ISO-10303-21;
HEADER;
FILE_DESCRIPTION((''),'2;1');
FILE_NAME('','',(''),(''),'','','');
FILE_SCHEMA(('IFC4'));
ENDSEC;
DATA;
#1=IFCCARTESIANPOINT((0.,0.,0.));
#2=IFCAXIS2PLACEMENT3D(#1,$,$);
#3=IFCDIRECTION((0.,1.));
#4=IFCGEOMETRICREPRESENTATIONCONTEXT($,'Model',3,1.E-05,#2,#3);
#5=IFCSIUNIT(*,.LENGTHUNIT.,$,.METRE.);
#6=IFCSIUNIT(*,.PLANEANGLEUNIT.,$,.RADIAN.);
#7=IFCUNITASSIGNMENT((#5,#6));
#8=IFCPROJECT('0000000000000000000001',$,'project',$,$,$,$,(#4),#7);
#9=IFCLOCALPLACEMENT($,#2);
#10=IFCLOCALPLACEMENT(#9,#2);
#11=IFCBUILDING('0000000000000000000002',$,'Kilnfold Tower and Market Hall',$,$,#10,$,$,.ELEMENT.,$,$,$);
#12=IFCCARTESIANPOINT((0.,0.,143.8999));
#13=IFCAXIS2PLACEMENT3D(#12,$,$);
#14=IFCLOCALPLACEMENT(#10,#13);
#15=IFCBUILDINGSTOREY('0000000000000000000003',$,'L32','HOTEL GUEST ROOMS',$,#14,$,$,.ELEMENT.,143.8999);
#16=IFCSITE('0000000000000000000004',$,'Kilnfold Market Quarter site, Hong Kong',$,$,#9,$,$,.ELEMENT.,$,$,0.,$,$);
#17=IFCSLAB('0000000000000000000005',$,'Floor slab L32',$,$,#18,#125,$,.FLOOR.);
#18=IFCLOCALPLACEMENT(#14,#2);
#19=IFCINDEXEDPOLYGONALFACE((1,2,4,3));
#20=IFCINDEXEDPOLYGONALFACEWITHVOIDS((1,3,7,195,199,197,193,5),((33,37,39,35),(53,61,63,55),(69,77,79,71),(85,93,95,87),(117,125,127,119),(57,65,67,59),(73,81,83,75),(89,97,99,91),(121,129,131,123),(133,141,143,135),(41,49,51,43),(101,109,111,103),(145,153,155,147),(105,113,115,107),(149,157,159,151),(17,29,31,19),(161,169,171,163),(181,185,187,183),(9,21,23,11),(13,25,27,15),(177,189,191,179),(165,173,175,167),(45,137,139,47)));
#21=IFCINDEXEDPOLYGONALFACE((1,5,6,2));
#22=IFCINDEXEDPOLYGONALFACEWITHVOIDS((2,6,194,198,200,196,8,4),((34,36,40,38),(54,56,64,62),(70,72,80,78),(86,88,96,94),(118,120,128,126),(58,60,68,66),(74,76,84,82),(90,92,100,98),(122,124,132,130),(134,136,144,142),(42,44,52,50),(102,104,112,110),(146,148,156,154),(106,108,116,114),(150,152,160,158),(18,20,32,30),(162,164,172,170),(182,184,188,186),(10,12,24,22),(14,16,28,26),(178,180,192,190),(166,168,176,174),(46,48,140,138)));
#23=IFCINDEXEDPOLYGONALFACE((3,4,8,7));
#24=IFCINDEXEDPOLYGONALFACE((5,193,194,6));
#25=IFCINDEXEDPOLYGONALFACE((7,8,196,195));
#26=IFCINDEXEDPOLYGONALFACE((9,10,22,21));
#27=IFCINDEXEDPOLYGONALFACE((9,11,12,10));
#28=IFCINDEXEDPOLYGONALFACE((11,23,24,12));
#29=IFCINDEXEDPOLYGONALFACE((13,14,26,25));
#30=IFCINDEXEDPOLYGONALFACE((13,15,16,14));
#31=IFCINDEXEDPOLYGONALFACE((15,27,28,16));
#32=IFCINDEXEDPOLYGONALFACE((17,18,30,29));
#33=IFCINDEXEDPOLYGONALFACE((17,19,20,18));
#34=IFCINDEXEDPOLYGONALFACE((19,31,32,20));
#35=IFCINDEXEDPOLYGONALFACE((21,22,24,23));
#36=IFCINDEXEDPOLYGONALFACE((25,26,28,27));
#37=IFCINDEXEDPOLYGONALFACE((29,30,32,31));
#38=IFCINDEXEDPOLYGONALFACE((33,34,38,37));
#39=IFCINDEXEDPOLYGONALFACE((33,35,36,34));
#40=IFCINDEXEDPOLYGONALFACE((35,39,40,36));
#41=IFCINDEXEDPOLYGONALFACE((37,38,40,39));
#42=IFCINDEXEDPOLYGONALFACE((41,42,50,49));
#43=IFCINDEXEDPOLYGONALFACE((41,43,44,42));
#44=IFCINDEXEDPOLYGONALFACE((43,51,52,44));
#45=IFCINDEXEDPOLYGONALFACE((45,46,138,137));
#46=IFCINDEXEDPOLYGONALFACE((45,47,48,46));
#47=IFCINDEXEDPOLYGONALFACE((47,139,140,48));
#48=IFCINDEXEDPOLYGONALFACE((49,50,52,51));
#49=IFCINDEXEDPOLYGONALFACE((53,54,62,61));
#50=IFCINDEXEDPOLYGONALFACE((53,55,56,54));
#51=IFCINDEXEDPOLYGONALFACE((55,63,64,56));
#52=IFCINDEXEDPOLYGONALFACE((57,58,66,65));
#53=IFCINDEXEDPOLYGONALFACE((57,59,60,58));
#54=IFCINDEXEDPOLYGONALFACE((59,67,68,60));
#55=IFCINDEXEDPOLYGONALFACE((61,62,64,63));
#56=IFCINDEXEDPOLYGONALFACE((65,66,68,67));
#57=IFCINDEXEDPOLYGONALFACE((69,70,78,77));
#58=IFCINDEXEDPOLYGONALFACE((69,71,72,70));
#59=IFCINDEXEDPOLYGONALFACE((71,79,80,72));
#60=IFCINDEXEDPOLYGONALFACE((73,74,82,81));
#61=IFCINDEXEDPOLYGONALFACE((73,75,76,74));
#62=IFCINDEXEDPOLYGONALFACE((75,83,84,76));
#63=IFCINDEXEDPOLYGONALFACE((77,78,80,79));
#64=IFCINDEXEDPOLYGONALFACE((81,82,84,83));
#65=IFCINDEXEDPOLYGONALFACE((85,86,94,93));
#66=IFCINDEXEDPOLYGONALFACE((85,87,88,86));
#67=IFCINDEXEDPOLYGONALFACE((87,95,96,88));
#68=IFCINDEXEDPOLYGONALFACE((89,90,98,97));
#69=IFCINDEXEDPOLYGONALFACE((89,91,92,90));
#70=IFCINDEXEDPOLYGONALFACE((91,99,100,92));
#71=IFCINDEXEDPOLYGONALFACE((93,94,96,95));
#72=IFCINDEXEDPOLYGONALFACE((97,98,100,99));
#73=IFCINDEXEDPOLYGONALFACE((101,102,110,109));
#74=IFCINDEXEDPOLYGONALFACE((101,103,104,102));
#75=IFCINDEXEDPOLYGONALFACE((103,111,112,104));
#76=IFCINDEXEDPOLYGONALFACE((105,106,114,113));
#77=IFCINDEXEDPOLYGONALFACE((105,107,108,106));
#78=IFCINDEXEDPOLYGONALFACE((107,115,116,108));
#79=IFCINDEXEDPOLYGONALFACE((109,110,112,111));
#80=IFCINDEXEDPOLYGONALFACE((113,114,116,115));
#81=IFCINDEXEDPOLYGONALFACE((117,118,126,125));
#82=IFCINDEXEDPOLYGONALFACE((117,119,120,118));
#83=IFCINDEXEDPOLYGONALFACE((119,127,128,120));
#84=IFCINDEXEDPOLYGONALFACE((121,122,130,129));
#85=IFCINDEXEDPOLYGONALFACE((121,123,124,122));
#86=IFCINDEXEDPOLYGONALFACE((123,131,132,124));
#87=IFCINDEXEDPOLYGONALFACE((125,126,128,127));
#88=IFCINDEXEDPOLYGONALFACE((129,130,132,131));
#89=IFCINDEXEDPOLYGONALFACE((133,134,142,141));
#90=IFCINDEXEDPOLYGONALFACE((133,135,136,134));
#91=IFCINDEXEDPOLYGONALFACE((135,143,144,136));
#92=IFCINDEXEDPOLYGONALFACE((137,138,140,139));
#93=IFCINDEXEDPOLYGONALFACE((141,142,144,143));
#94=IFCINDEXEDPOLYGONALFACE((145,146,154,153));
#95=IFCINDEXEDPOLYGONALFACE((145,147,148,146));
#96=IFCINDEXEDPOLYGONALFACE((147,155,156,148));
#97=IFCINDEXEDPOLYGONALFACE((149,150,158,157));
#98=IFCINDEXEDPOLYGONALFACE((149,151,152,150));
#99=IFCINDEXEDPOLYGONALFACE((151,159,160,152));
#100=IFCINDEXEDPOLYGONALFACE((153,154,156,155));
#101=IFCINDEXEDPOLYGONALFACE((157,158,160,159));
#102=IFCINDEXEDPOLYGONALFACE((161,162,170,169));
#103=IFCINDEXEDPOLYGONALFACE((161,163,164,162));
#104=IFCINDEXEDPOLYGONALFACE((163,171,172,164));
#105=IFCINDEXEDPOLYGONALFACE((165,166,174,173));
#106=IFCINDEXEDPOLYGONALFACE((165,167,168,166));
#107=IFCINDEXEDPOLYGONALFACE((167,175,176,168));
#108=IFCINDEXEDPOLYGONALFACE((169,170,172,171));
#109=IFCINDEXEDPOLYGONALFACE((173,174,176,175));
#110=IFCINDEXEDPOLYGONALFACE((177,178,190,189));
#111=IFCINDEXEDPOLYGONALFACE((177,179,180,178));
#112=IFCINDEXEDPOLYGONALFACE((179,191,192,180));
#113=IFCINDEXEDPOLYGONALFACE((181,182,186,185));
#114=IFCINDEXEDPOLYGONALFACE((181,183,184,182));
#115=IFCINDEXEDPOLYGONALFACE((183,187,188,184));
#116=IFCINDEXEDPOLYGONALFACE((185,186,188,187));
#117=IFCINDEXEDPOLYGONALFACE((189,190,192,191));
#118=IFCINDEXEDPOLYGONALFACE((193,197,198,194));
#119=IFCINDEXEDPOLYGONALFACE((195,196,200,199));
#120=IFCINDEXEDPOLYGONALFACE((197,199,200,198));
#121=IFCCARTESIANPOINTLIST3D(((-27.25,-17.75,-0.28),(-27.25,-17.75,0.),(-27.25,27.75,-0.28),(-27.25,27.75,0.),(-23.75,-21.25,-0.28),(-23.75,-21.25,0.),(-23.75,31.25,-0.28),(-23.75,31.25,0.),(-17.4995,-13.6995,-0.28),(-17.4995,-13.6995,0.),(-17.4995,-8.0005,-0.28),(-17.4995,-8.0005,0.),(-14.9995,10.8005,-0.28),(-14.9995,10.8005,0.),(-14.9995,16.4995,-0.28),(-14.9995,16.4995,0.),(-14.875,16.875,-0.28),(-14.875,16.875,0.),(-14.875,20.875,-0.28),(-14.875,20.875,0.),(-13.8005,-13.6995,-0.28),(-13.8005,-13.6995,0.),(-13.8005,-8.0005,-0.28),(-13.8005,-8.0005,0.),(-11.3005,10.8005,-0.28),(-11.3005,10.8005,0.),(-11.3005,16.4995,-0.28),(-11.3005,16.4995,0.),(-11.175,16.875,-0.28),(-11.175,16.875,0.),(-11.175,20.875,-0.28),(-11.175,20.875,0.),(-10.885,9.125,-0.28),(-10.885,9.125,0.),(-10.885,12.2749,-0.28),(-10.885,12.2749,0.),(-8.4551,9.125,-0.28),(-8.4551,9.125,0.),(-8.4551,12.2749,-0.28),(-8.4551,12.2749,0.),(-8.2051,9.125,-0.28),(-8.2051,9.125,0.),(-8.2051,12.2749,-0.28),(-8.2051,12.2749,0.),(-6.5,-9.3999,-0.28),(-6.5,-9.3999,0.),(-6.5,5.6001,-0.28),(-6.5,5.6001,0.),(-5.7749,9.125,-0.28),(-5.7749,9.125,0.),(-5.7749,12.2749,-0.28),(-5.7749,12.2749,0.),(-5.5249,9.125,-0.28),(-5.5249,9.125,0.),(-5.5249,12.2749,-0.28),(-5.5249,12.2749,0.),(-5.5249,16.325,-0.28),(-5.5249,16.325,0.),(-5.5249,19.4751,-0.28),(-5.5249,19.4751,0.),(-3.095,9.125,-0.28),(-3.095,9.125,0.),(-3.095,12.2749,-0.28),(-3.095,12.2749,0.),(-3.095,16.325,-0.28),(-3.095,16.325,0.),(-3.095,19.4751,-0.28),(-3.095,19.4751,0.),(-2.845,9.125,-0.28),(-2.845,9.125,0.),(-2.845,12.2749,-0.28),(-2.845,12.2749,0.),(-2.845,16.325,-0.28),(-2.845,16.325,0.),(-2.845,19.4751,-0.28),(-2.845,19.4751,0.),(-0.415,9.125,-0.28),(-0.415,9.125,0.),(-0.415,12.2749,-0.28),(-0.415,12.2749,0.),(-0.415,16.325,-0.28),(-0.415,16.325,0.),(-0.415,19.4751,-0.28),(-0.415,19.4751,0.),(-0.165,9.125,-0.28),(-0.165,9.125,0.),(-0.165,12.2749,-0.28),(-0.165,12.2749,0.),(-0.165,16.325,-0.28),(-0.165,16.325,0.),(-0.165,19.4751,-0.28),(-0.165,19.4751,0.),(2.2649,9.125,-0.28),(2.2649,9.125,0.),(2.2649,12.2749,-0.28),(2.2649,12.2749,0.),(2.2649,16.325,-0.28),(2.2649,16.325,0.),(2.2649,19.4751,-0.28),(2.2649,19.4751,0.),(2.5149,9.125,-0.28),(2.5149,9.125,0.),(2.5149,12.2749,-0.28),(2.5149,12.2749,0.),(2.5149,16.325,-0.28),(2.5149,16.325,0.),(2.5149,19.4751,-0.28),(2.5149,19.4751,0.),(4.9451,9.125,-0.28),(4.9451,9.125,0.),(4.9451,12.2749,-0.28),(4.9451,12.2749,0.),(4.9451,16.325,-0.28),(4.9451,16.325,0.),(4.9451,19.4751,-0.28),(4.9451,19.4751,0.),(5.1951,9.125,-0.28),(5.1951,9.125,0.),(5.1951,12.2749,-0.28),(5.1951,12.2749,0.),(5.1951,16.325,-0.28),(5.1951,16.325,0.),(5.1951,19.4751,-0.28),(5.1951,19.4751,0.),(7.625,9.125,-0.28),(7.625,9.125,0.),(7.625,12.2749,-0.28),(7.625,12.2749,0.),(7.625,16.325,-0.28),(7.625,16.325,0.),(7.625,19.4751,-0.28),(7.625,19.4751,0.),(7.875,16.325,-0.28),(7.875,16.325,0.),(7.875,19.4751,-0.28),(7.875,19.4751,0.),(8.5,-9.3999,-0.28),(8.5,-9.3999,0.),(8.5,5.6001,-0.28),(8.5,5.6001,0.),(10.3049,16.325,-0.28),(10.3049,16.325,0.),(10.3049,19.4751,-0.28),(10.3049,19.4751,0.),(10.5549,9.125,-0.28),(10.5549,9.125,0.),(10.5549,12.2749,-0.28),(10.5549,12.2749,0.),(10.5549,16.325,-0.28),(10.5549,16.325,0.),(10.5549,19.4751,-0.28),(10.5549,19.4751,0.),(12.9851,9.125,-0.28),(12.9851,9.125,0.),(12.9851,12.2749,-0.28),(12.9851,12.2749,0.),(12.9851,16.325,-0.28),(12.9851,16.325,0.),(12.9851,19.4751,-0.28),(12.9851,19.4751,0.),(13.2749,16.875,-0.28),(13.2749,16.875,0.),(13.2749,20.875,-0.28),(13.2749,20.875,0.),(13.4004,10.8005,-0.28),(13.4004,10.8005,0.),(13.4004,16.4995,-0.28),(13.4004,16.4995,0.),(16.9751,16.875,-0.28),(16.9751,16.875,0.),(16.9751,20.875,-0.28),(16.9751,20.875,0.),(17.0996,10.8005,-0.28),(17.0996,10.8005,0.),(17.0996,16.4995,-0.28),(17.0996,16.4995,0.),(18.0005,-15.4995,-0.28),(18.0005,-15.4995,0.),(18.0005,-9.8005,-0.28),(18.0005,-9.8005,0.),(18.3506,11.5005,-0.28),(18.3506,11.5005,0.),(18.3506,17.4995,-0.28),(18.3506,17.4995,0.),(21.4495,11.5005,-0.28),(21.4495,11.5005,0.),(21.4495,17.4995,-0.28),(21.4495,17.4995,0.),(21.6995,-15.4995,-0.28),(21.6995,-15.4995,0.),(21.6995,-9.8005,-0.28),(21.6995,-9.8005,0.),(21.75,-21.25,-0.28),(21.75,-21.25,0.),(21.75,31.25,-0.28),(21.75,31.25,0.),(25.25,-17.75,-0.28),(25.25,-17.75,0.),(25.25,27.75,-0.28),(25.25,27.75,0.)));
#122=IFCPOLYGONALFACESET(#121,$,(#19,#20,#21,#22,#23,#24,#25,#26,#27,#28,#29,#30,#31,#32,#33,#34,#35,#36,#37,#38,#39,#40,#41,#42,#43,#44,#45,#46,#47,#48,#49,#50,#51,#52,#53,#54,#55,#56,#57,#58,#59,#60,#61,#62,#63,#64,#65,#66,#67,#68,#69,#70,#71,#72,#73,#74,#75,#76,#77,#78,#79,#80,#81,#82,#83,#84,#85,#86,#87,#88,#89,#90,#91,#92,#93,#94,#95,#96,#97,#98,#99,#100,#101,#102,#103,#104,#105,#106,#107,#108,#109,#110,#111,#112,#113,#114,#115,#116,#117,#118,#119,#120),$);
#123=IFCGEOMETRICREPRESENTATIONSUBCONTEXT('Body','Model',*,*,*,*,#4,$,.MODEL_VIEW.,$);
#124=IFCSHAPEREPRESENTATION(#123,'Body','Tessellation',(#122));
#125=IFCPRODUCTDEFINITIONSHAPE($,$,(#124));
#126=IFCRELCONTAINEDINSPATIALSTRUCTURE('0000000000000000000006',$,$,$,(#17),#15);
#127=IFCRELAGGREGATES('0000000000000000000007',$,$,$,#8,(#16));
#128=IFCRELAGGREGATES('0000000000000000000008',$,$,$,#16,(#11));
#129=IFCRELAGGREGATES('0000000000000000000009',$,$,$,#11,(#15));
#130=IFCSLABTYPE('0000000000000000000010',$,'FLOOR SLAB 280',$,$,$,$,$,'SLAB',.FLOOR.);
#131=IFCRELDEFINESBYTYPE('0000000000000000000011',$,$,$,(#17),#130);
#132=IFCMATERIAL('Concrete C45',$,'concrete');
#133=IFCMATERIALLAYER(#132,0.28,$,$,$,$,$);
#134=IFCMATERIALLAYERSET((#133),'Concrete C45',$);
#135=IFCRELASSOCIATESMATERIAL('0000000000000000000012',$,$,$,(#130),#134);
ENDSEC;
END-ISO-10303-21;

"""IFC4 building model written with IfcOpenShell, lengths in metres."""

from ifc_helpers import new_model, si_unit, direction, frame, origin, place, context, subcontext, project, spatial, polyline, outline, extrude, source, transform, mapped, material, layer, layer_set, type_object, element, save


model = new_model("IFC4")

# Units and contexts
model_context = context("Model", 3, precision=1e-05, world=origin(), true_north=direction((0.0, 1.0)))
body_context = subcontext(model_context, "Body", "Model", "MODEL_VIEW")
ifc_project = project(units=[si_unit("LENGTHUNIT", "METRE"), si_unit("PLANEANGLEUNIT", "RADIAN")], contexts=[model_context])

# Site, building, storey
site_placement = place(None, origin())
site = spatial("IfcSite", under=ifc_project, at=site_placement, Name="Kilnfold Market Quarter site, Hong Kong", CompositionType="ELEMENT", RefElevation=0.0)
building_placement = place(site_placement, origin())
building = spatial("IfcBuilding", under=site, at=building_placement, Name="Kilnfold Tower and Market Hall", CompositionType="ELEMENT")
storey_placement = place(building_placement, frame((0.0, 0.0, 143.8999)))
storey = spatial("IfcBuildingStorey", under=building, at=storey_placement, Name="L32", Description="HOTEL GUEST ROOMS", CompositionType="ELEMENT", Elevation=143.8999)

# Slab
ifc_material_1 = material(Name="Concrete C45", Category="concrete")
ifc_layer_1 = layer(ifc_material_1, 0.28)
ifc_layer_set_1 = layer_set([ifc_layer_1], Name="Concrete C45")
slab_type_1 = type_object("IfcSlabType", Name="FLOOR SLAB 280", ElementType="SLAB", PredefinedType="FLOOR", material=ifc_layer_set_1)
shared_shape_1 = source(origin(), body_context, "Body", "SweptSolid", [
    extrude(outline(polyline([(-23.75, -21.25), (21.75, -21.25), (25.25, -17.75), (25.25, 27.75), (21.75, 31.25), (-23.75, 31.25), (-27.25, 27.75), (-27.25, -17.75), (-23.75, -21.25)]), holes=[polyline([(-13.8005, -13.6995), (-17.4995, -13.6995), (-17.4995, -8.0005), (-13.8005, -8.0005), (-13.8005, -13.6995)]), polyline([(-14.9995, 10.8005), (-14.9995, 16.4995), (-11.3005, 16.4995), (-11.3005, 10.8005), (-14.9995, 10.8005)]), polyline([(-11.175, 16.875), (-14.875, 16.875), (-14.875, 20.875), (-11.175, 20.875), (-11.175, 16.875)]), polyline([(-8.4551, 9.125), (-10.885, 9.125), (-10.885, 12.2749), (-8.4551, 12.2749), (-8.4551, 9.125)]), polyline([(-8.2051, 9.125), (-8.2051, 12.2749), (-5.7749, 12.2749), (-5.7749, 9.125), (-8.2051, 9.125)]), polyline([(8.5, -9.3999), (-6.5, -9.3999), (-6.5, 5.6001), (8.5, 5.6001), (8.5, -9.3999)]), polyline([(-5.5249, 9.125), (-5.5249, 12.2749), (-3.095, 12.2749), (-3.095, 9.125), (-5.5249, 9.125)]), polyline([(-3.095, 16.325), (-5.5249, 16.325), (-5.5249, 19.4751), (-3.095, 19.4751), (-3.095, 16.325)]), polyline([(-0.415, 9.125), (-2.845, 9.125), (-2.845, 12.2749), (-0.415, 12.2749), (-0.415, 9.125)]), polyline([(-2.845, 16.325), (-2.845, 19.4751), (-0.415, 19.4751), (-0.415, 16.325), (-2.845, 16.325)]), polyline([(-0.165, 9.125), (-0.165, 12.2749), (2.2649, 12.2749), (2.2649, 9.125), (-0.165, 9.125)]), polyline([(-0.165, 16.325), (-0.165, 19.4751), (2.2649, 19.4751), (2.2649, 16.325), (-0.165, 16.325)]), polyline([(2.5149, 9.125), (2.5149, 12.2749), (4.9451, 12.2749), (4.9451, 9.125), (2.5149, 9.125)]), polyline([(2.5149, 16.325), (2.5149, 19.4751), (4.9451, 19.4751), (4.9451, 16.325), (2.5149, 16.325)]), polyline([(7.625, 9.125), (5.1951, 9.125), (5.1951, 12.2749), (7.625, 12.2749), (7.625, 9.125)]), polyline([(5.1951, 16.325), (5.1951, 19.4751), (7.625, 19.4751), (7.625, 16.325), (5.1951, 16.325)]), polyline([(10.3049, 16.325), (7.875, 16.325), (7.875, 19.4751), (10.3049, 19.4751), (10.3049, 16.325)]), polyline([(10.5549, 9.125), (10.5549, 12.2749), (12.9851, 12.2749), (12.9851, 9.125), (10.5549, 9.125)]), polyline([(10.5549, 16.325), (10.5549, 19.4751), (12.9851, 19.4751), (12.9851, 16.325), (10.5549, 16.325)]), polyline([(13.2749, 16.875), (13.2749, 20.875), (16.9751, 20.875), (16.9751, 16.875), (13.2749, 16.875)]), polyline([(13.4004, 10.8005), (13.4004, 16.4995), (17.0996, 16.4995), (17.0996, 10.8005), (13.4004, 10.8005)]), polyline([(21.6995, -9.8005), (21.6995, -15.4995), (18.0005, -15.4995), (18.0005, -9.8005), (21.6995, -9.8005)]), polyline([(21.4495, 11.5005), (18.3506, 11.5005), (18.3506, 17.4995), (21.4495, 17.4995), (21.4495, 11.5005)])]), origin(), (0.0, 0.0, 1.0), 0.28),
])
slab_1_placement = place(storey_placement, frame((0.0, 0.0, -0.28)))
element("IfcSlab", 1, at=slab_1_placement, inside=storey, type_object=slab_type_1, Name="Floor slab L32", PredefinedType="FLOOR", context=body_context, shape_type="MappedRepresentation", body=[
    mapped(shared_shape_1, transform((0.0, 0.0, 0.0))),
])

save(model, "model.ifc")
